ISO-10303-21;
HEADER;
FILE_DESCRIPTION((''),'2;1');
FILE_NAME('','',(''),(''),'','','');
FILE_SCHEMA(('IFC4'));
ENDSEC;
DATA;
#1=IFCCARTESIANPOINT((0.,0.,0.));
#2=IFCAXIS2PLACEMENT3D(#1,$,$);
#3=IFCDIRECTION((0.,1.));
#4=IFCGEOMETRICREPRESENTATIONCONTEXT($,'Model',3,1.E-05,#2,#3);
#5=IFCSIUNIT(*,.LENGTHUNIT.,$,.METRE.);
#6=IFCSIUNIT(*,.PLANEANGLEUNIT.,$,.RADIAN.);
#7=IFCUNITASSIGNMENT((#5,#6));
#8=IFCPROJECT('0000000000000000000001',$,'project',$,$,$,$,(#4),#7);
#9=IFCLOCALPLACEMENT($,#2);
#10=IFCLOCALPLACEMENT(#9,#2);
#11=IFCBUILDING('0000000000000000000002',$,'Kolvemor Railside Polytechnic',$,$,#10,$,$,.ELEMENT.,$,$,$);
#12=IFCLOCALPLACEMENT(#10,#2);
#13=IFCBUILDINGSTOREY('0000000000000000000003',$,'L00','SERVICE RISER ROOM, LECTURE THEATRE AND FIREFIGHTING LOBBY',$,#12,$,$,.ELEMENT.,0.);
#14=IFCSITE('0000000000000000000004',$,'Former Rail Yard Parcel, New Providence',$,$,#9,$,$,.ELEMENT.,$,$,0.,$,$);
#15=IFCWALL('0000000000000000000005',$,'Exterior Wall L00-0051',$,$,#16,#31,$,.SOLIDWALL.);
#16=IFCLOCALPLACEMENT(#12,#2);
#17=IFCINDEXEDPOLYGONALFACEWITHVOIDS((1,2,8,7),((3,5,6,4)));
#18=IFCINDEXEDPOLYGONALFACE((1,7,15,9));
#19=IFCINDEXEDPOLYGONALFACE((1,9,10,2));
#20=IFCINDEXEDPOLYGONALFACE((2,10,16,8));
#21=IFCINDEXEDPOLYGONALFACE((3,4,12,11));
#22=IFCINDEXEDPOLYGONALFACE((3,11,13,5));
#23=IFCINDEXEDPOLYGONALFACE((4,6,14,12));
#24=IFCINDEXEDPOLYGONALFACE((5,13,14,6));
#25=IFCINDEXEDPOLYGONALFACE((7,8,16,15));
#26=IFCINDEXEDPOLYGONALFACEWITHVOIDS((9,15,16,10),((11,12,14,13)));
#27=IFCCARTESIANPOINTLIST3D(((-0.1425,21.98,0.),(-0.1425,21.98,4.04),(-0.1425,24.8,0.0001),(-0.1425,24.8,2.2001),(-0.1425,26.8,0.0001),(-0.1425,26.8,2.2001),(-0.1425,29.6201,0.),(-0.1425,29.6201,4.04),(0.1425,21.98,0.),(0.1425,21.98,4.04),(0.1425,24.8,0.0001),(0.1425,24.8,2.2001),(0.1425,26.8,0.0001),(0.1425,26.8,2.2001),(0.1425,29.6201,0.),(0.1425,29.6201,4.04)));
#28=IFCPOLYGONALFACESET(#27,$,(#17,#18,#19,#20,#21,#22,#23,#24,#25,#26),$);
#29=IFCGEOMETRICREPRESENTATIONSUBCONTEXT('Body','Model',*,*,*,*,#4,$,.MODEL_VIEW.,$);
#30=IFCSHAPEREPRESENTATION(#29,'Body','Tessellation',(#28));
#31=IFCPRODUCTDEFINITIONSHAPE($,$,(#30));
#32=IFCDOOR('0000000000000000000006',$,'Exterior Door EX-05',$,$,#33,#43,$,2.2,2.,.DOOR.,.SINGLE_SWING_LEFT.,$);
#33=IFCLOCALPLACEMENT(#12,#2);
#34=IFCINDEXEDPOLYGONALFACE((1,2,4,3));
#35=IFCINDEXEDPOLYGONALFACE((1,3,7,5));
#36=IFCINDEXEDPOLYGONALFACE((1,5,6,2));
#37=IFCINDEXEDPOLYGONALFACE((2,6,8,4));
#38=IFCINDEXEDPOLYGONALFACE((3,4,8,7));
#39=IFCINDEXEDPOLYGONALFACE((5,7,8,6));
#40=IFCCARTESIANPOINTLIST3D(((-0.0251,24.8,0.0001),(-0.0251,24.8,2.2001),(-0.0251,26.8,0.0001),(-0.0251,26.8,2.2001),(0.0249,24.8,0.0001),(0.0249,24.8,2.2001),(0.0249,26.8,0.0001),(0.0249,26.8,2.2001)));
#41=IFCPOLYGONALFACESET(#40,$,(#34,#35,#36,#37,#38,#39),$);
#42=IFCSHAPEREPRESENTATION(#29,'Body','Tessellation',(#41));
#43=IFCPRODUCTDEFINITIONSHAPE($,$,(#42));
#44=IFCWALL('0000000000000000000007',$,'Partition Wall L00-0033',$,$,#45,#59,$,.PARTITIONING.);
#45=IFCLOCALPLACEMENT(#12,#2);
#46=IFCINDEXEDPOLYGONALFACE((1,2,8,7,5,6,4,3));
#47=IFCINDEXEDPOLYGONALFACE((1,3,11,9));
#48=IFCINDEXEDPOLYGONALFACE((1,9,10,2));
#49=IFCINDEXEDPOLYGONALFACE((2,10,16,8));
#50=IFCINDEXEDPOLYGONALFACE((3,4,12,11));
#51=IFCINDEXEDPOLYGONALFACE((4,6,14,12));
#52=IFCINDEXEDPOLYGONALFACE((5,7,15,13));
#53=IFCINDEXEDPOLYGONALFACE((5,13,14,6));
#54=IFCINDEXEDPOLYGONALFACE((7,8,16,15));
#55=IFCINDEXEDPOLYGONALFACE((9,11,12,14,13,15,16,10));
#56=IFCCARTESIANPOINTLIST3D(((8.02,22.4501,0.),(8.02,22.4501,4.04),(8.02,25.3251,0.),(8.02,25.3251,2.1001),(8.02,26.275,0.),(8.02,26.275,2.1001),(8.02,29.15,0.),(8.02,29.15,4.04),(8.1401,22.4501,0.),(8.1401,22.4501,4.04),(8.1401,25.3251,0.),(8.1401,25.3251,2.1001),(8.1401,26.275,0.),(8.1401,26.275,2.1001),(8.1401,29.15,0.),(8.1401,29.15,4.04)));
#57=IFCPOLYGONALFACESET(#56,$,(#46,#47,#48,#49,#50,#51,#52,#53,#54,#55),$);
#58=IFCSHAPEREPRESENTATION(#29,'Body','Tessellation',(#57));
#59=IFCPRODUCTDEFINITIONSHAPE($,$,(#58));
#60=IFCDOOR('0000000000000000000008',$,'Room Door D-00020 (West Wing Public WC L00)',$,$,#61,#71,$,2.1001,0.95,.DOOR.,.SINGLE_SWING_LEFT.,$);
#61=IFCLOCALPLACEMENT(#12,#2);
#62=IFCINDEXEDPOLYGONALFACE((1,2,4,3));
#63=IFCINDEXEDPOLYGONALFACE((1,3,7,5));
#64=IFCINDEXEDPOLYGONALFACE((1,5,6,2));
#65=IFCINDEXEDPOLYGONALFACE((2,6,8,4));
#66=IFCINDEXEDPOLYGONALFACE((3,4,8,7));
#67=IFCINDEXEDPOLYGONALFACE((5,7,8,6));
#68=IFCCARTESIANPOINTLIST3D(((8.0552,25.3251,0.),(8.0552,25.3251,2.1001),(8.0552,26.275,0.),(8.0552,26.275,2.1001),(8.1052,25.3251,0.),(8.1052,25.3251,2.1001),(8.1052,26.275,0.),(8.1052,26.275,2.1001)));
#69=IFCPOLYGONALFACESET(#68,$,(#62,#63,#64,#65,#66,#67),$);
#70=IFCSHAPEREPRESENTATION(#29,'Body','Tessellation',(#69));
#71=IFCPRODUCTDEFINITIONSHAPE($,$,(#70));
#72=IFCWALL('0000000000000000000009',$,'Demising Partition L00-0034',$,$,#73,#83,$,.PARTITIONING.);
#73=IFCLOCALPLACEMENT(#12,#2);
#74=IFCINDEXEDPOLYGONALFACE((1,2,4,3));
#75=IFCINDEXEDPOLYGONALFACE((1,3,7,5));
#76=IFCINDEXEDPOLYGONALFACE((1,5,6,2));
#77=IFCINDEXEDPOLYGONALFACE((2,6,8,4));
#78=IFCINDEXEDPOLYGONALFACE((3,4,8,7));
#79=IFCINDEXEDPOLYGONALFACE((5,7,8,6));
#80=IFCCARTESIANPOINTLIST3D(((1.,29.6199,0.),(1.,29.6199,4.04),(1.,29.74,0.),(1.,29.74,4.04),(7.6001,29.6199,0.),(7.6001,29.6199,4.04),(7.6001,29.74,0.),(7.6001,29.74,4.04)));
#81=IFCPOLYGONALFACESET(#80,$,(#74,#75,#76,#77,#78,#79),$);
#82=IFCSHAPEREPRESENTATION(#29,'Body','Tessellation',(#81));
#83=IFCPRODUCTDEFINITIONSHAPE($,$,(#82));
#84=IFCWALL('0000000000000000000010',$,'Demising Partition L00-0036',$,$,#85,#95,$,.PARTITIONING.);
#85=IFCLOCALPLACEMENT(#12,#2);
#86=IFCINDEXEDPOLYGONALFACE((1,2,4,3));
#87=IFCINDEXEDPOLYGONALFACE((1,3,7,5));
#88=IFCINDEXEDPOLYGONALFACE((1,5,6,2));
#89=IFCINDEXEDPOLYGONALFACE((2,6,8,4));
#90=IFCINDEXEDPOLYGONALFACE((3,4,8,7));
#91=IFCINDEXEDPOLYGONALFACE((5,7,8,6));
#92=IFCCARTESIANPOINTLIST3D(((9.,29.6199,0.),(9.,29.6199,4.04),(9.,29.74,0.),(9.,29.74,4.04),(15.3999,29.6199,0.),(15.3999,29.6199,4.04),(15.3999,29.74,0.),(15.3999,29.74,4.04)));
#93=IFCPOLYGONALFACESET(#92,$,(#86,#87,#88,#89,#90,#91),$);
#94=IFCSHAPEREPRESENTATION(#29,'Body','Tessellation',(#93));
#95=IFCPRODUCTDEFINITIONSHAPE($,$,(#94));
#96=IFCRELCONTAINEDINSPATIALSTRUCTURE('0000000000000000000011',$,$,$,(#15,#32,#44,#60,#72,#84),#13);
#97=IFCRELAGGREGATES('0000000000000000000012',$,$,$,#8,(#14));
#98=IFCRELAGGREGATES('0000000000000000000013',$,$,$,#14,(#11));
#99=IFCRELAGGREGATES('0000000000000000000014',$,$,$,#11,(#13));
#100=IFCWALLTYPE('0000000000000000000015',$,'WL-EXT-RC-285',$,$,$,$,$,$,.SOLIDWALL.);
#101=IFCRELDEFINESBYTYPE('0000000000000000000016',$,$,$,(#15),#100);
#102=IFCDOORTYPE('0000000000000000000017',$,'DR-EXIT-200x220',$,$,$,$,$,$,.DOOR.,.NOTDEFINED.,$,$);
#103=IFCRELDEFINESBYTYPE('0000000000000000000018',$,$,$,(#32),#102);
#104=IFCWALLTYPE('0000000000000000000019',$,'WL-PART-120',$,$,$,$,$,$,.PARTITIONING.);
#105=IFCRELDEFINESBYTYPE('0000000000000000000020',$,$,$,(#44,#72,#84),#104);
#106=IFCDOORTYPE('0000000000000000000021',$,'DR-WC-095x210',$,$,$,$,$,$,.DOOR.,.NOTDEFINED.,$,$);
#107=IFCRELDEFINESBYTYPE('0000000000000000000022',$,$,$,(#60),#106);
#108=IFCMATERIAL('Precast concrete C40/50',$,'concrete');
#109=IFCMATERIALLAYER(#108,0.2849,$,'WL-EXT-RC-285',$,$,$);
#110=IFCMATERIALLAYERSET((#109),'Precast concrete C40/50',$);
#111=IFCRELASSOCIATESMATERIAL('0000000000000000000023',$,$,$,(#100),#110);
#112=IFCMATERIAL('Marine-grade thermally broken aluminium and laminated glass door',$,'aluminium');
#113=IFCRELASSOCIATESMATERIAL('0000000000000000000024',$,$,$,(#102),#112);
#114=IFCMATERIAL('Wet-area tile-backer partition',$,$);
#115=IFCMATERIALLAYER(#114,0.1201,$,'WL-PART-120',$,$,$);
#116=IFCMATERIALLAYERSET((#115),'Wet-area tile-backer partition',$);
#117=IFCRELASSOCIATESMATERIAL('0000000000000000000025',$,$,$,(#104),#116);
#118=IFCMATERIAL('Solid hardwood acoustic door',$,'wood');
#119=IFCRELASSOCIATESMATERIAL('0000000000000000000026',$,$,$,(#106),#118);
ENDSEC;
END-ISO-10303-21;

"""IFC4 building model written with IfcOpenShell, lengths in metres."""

from ifc_helpers import new_model, si_unit, direction, frame, frame_2d, origin, place, context, subcontext, project, spatial, rectangle, extrude, material, layer, layer_set, type_object, element, fill, save


model = new_model("IFC4")

# Units and contexts
model_context = context("Model", 3, precision=1e-05, world=origin(), true_north=direction((0.0, 1.0)))
body_context = subcontext(model_context, "Body", "Model", "MODEL_VIEW")
ifc_project = project(units=[si_unit("LENGTHUNIT", "METRE"), si_unit("PLANEANGLEUNIT", "RADIAN")], contexts=[model_context])

# Site, building, storey
site_placement = place(None, origin())
site = spatial("IfcSite", under=ifc_project, at=site_placement, Name="Former Rail Yard Parcel, New Providence", CompositionType="ELEMENT", RefElevation=0.0)
building_placement = place(site_placement, origin())
building = spatial("IfcBuilding", under=site, at=building_placement, Name="Kolvemor Railside Polytechnic", CompositionType="ELEMENT")
storey_placement = place(building_placement, origin())
storey = spatial("IfcBuildingStorey", under=building, at=storey_placement, Name="L00", Description="SERVICE RISER ROOM, LECTURE THEATRE AND FIREFIGHTING LOBBY", CompositionType="ELEMENT", Elevation=0.0)

# Walls, openings, doors
ifc_material_1 = material(Name="Precast concrete C40/50", Category="concrete")
ifc_layer_1 = layer(ifc_material_1, 0.2849, Name="WL-EXT-RC-285")
ifc_layer_set_1 = layer_set([ifc_layer_1], Name="Precast concrete C40/50")
wall_type_1 = type_object("IfcWallType", Name="WL-EXT-RC-285", PredefinedType="SOLIDWALL", material=ifc_layer_set_1)
wall_1_placement = place(storey_placement, frame((0.0, 29.6201, 0.0), z_axis=(0.0, 0.0, 1.0), x_axis=(0.0, -1.0, 0.0)))
wall_1 = element("IfcWall", 1, at=wall_1_placement, inside=storey, type_object=wall_type_1, Name="Exterior Wall L00-0051", PredefinedType="SOLIDWALL", context=body_context, shape_type="SweptSolid", body=[
    extrude(rectangle(XDim=7.6401, YDim=0.2849, at=frame_2d((3.8201, 0.0))), origin(), (0.0, 0.0, 1.0), 4.04),
])
opening_1_placement = place(wall_1_placement, frame((2.8201, 0.0, 0.0)))
opening_1 = element("IfcOpeningElement", 2, at=opening_1_placement, cuts=wall_1, PredefinedType="OPENING", context=body_context, shape_type="SweptSolid", body=[
    extrude(rectangle(XDim=2.0, YDim=2.2, at=frame_2d((1.0, 1.1001))), frame((0.0, 0.1523, 0.0), z_axis=(0.0, -1.0, 0.0), x_axis=(1.0, 0.0, 0.0)), (0.0, 0.0, 1.0), 0.3049),
])
ifc_material_2 = material(Name="Marine-grade thermally broken aluminium and laminated glass door", Category="aluminium")
door_type_1 = type_object("IfcDoorType", Name="DR-EXIT-200x220", OperationType="NOTDEFINED", PredefinedType="DOOR", material=ifc_material_2)
door_1_placement = place(opening_1_placement, origin())
door_1 = element("IfcDoor", 3, at=door_1_placement, inside=storey, type_object=door_type_1, Name="Exterior Door EX-05", OperationType="SINGLE_SWING_LEFT", OverallHeight=2.2, OverallWidth=2.0, PredefinedType="DOOR", context=body_context, shape_type="SweptSolid", body=[
    extrude(rectangle(XDim=2.0, YDim=2.2, at=frame_2d((1.0, 1.1001))), frame((0.0, 0.0249, 0.0), z_axis=(0.0, -1.0, 0.0), x_axis=(1.0, 0.0, 0.0)), (0.0, 0.0, 1.0), 0.05),
])
fill(opening_1, door_1)
ifc_material_3 = material(Name="Wet-area tile-backer partition")
ifc_layer_2 = layer(ifc_material_3, 0.1201, Name="WL-PART-120")
ifc_layer_set_2 = layer_set([ifc_layer_2], Name="Wet-area tile-backer partition")
wall_type_2 = type_object("IfcWallType", Name="WL-PART-120", PredefinedType="PARTITIONING", material=ifc_layer_set_2)
wall_2_placement = place(storey_placement, frame((8.0801, 22.45, 0.0), z_axis=(0.0, 0.0, 1.0), x_axis=(0.0, 1.0, 0.0)))
wall_2 = element("IfcWall", 4, at=wall_2_placement, inside=storey, type_object=wall_type_2, Name="Partition Wall L00-0033", PredefinedType="PARTITIONING", context=body_context, shape_type="SweptSolid", body=[
    extrude(rectangle(XDim=6.7, YDim=0.1201, at=frame_2d((3.3501, 0.0))), origin(), (0.0, 0.0, 1.0), 4.04),
])
opening_2_placement = place(wall_2_placement, frame((2.875, 0.0, 0.0)))
opening_2 = element("IfcOpeningElement", 5, at=opening_2_placement, cuts=wall_2, PredefinedType="OPENING", context=body_context, shape_type="SweptSolid", body=[
    extrude(rectangle(XDim=0.95, YDim=2.1001, at=frame_2d((0.4751, 1.05))), frame((0.0, 0.0701, 0.0), z_axis=(0.0, -1.0, 0.0), x_axis=(1.0, 0.0, 0.0)), (0.0, 0.0, 1.0), 0.1401),
])
ifc_material_4 = material(Name="Solid hardwood acoustic door", Category="wood")
door_type_2 = type_object("IfcDoorType", Name="DR-WC-095x210", OperationType="NOTDEFINED", PredefinedType="DOOR", material=ifc_material_4)
door_2_placement = place(opening_2_placement, origin())
door_2 = element("IfcDoor", 6, at=door_2_placement, inside=storey, type_object=door_type_2, Name="Room Door D-00020 (West Wing Public WC L00)", OperationType="SINGLE_SWING_LEFT", OverallHeight=2.1001, OverallWidth=0.95, PredefinedType="DOOR", context=body_context, shape_type="SweptSolid", body=[
    extrude(rectangle(XDim=0.95, YDim=2.1001, at=frame_2d((0.4751, 1.05))), frame((0.0, 0.0249, 0.0), z_axis=(0.0, -1.0, 0.0), x_axis=(1.0, 0.0, 0.0)), (0.0, 0.0, 1.0), 0.05),
])
fill(opening_2, door_2)

# Walls
wall_3_placement = place(storey_placement, frame((1.0, 29.6799, 0.0), z_axis=(0.0, 0.0, 1.0), x_axis=(1.0, 0.0, 0.0)))
element("IfcWall", 7, at=wall_3_placement, inside=storey, type_object=wall_type_2, Name="Demising Partition L00-0034", PredefinedType="PARTITIONING", context=body_context, shape_type="SweptSolid", body=[
    extrude(rectangle(XDim=6.6001, YDim=0.1201, at=frame_2d((3.3, 0.0))), origin(), (0.0, 0.0, 1.0), 4.04),
])
wall_4_placement = place(storey_placement, frame((9.0, 29.6799, 0.0), z_axis=(0.0, 0.0, 1.0), x_axis=(1.0, 0.0, 0.0)))
element("IfcWall", 8, at=wall_4_placement, inside=storey, type_object=wall_type_2, Name="Demising Partition L00-0036", PredefinedType="PARTITIONING", context=body_context, shape_type="SweptSolid", body=[
    extrude(rectangle(XDim=6.3999, YDim=0.1201, at=frame_2d((3.2, 0.0))), origin(), (0.0, 0.0, 1.0), 4.04),
])

save(model, "model.ifc")
